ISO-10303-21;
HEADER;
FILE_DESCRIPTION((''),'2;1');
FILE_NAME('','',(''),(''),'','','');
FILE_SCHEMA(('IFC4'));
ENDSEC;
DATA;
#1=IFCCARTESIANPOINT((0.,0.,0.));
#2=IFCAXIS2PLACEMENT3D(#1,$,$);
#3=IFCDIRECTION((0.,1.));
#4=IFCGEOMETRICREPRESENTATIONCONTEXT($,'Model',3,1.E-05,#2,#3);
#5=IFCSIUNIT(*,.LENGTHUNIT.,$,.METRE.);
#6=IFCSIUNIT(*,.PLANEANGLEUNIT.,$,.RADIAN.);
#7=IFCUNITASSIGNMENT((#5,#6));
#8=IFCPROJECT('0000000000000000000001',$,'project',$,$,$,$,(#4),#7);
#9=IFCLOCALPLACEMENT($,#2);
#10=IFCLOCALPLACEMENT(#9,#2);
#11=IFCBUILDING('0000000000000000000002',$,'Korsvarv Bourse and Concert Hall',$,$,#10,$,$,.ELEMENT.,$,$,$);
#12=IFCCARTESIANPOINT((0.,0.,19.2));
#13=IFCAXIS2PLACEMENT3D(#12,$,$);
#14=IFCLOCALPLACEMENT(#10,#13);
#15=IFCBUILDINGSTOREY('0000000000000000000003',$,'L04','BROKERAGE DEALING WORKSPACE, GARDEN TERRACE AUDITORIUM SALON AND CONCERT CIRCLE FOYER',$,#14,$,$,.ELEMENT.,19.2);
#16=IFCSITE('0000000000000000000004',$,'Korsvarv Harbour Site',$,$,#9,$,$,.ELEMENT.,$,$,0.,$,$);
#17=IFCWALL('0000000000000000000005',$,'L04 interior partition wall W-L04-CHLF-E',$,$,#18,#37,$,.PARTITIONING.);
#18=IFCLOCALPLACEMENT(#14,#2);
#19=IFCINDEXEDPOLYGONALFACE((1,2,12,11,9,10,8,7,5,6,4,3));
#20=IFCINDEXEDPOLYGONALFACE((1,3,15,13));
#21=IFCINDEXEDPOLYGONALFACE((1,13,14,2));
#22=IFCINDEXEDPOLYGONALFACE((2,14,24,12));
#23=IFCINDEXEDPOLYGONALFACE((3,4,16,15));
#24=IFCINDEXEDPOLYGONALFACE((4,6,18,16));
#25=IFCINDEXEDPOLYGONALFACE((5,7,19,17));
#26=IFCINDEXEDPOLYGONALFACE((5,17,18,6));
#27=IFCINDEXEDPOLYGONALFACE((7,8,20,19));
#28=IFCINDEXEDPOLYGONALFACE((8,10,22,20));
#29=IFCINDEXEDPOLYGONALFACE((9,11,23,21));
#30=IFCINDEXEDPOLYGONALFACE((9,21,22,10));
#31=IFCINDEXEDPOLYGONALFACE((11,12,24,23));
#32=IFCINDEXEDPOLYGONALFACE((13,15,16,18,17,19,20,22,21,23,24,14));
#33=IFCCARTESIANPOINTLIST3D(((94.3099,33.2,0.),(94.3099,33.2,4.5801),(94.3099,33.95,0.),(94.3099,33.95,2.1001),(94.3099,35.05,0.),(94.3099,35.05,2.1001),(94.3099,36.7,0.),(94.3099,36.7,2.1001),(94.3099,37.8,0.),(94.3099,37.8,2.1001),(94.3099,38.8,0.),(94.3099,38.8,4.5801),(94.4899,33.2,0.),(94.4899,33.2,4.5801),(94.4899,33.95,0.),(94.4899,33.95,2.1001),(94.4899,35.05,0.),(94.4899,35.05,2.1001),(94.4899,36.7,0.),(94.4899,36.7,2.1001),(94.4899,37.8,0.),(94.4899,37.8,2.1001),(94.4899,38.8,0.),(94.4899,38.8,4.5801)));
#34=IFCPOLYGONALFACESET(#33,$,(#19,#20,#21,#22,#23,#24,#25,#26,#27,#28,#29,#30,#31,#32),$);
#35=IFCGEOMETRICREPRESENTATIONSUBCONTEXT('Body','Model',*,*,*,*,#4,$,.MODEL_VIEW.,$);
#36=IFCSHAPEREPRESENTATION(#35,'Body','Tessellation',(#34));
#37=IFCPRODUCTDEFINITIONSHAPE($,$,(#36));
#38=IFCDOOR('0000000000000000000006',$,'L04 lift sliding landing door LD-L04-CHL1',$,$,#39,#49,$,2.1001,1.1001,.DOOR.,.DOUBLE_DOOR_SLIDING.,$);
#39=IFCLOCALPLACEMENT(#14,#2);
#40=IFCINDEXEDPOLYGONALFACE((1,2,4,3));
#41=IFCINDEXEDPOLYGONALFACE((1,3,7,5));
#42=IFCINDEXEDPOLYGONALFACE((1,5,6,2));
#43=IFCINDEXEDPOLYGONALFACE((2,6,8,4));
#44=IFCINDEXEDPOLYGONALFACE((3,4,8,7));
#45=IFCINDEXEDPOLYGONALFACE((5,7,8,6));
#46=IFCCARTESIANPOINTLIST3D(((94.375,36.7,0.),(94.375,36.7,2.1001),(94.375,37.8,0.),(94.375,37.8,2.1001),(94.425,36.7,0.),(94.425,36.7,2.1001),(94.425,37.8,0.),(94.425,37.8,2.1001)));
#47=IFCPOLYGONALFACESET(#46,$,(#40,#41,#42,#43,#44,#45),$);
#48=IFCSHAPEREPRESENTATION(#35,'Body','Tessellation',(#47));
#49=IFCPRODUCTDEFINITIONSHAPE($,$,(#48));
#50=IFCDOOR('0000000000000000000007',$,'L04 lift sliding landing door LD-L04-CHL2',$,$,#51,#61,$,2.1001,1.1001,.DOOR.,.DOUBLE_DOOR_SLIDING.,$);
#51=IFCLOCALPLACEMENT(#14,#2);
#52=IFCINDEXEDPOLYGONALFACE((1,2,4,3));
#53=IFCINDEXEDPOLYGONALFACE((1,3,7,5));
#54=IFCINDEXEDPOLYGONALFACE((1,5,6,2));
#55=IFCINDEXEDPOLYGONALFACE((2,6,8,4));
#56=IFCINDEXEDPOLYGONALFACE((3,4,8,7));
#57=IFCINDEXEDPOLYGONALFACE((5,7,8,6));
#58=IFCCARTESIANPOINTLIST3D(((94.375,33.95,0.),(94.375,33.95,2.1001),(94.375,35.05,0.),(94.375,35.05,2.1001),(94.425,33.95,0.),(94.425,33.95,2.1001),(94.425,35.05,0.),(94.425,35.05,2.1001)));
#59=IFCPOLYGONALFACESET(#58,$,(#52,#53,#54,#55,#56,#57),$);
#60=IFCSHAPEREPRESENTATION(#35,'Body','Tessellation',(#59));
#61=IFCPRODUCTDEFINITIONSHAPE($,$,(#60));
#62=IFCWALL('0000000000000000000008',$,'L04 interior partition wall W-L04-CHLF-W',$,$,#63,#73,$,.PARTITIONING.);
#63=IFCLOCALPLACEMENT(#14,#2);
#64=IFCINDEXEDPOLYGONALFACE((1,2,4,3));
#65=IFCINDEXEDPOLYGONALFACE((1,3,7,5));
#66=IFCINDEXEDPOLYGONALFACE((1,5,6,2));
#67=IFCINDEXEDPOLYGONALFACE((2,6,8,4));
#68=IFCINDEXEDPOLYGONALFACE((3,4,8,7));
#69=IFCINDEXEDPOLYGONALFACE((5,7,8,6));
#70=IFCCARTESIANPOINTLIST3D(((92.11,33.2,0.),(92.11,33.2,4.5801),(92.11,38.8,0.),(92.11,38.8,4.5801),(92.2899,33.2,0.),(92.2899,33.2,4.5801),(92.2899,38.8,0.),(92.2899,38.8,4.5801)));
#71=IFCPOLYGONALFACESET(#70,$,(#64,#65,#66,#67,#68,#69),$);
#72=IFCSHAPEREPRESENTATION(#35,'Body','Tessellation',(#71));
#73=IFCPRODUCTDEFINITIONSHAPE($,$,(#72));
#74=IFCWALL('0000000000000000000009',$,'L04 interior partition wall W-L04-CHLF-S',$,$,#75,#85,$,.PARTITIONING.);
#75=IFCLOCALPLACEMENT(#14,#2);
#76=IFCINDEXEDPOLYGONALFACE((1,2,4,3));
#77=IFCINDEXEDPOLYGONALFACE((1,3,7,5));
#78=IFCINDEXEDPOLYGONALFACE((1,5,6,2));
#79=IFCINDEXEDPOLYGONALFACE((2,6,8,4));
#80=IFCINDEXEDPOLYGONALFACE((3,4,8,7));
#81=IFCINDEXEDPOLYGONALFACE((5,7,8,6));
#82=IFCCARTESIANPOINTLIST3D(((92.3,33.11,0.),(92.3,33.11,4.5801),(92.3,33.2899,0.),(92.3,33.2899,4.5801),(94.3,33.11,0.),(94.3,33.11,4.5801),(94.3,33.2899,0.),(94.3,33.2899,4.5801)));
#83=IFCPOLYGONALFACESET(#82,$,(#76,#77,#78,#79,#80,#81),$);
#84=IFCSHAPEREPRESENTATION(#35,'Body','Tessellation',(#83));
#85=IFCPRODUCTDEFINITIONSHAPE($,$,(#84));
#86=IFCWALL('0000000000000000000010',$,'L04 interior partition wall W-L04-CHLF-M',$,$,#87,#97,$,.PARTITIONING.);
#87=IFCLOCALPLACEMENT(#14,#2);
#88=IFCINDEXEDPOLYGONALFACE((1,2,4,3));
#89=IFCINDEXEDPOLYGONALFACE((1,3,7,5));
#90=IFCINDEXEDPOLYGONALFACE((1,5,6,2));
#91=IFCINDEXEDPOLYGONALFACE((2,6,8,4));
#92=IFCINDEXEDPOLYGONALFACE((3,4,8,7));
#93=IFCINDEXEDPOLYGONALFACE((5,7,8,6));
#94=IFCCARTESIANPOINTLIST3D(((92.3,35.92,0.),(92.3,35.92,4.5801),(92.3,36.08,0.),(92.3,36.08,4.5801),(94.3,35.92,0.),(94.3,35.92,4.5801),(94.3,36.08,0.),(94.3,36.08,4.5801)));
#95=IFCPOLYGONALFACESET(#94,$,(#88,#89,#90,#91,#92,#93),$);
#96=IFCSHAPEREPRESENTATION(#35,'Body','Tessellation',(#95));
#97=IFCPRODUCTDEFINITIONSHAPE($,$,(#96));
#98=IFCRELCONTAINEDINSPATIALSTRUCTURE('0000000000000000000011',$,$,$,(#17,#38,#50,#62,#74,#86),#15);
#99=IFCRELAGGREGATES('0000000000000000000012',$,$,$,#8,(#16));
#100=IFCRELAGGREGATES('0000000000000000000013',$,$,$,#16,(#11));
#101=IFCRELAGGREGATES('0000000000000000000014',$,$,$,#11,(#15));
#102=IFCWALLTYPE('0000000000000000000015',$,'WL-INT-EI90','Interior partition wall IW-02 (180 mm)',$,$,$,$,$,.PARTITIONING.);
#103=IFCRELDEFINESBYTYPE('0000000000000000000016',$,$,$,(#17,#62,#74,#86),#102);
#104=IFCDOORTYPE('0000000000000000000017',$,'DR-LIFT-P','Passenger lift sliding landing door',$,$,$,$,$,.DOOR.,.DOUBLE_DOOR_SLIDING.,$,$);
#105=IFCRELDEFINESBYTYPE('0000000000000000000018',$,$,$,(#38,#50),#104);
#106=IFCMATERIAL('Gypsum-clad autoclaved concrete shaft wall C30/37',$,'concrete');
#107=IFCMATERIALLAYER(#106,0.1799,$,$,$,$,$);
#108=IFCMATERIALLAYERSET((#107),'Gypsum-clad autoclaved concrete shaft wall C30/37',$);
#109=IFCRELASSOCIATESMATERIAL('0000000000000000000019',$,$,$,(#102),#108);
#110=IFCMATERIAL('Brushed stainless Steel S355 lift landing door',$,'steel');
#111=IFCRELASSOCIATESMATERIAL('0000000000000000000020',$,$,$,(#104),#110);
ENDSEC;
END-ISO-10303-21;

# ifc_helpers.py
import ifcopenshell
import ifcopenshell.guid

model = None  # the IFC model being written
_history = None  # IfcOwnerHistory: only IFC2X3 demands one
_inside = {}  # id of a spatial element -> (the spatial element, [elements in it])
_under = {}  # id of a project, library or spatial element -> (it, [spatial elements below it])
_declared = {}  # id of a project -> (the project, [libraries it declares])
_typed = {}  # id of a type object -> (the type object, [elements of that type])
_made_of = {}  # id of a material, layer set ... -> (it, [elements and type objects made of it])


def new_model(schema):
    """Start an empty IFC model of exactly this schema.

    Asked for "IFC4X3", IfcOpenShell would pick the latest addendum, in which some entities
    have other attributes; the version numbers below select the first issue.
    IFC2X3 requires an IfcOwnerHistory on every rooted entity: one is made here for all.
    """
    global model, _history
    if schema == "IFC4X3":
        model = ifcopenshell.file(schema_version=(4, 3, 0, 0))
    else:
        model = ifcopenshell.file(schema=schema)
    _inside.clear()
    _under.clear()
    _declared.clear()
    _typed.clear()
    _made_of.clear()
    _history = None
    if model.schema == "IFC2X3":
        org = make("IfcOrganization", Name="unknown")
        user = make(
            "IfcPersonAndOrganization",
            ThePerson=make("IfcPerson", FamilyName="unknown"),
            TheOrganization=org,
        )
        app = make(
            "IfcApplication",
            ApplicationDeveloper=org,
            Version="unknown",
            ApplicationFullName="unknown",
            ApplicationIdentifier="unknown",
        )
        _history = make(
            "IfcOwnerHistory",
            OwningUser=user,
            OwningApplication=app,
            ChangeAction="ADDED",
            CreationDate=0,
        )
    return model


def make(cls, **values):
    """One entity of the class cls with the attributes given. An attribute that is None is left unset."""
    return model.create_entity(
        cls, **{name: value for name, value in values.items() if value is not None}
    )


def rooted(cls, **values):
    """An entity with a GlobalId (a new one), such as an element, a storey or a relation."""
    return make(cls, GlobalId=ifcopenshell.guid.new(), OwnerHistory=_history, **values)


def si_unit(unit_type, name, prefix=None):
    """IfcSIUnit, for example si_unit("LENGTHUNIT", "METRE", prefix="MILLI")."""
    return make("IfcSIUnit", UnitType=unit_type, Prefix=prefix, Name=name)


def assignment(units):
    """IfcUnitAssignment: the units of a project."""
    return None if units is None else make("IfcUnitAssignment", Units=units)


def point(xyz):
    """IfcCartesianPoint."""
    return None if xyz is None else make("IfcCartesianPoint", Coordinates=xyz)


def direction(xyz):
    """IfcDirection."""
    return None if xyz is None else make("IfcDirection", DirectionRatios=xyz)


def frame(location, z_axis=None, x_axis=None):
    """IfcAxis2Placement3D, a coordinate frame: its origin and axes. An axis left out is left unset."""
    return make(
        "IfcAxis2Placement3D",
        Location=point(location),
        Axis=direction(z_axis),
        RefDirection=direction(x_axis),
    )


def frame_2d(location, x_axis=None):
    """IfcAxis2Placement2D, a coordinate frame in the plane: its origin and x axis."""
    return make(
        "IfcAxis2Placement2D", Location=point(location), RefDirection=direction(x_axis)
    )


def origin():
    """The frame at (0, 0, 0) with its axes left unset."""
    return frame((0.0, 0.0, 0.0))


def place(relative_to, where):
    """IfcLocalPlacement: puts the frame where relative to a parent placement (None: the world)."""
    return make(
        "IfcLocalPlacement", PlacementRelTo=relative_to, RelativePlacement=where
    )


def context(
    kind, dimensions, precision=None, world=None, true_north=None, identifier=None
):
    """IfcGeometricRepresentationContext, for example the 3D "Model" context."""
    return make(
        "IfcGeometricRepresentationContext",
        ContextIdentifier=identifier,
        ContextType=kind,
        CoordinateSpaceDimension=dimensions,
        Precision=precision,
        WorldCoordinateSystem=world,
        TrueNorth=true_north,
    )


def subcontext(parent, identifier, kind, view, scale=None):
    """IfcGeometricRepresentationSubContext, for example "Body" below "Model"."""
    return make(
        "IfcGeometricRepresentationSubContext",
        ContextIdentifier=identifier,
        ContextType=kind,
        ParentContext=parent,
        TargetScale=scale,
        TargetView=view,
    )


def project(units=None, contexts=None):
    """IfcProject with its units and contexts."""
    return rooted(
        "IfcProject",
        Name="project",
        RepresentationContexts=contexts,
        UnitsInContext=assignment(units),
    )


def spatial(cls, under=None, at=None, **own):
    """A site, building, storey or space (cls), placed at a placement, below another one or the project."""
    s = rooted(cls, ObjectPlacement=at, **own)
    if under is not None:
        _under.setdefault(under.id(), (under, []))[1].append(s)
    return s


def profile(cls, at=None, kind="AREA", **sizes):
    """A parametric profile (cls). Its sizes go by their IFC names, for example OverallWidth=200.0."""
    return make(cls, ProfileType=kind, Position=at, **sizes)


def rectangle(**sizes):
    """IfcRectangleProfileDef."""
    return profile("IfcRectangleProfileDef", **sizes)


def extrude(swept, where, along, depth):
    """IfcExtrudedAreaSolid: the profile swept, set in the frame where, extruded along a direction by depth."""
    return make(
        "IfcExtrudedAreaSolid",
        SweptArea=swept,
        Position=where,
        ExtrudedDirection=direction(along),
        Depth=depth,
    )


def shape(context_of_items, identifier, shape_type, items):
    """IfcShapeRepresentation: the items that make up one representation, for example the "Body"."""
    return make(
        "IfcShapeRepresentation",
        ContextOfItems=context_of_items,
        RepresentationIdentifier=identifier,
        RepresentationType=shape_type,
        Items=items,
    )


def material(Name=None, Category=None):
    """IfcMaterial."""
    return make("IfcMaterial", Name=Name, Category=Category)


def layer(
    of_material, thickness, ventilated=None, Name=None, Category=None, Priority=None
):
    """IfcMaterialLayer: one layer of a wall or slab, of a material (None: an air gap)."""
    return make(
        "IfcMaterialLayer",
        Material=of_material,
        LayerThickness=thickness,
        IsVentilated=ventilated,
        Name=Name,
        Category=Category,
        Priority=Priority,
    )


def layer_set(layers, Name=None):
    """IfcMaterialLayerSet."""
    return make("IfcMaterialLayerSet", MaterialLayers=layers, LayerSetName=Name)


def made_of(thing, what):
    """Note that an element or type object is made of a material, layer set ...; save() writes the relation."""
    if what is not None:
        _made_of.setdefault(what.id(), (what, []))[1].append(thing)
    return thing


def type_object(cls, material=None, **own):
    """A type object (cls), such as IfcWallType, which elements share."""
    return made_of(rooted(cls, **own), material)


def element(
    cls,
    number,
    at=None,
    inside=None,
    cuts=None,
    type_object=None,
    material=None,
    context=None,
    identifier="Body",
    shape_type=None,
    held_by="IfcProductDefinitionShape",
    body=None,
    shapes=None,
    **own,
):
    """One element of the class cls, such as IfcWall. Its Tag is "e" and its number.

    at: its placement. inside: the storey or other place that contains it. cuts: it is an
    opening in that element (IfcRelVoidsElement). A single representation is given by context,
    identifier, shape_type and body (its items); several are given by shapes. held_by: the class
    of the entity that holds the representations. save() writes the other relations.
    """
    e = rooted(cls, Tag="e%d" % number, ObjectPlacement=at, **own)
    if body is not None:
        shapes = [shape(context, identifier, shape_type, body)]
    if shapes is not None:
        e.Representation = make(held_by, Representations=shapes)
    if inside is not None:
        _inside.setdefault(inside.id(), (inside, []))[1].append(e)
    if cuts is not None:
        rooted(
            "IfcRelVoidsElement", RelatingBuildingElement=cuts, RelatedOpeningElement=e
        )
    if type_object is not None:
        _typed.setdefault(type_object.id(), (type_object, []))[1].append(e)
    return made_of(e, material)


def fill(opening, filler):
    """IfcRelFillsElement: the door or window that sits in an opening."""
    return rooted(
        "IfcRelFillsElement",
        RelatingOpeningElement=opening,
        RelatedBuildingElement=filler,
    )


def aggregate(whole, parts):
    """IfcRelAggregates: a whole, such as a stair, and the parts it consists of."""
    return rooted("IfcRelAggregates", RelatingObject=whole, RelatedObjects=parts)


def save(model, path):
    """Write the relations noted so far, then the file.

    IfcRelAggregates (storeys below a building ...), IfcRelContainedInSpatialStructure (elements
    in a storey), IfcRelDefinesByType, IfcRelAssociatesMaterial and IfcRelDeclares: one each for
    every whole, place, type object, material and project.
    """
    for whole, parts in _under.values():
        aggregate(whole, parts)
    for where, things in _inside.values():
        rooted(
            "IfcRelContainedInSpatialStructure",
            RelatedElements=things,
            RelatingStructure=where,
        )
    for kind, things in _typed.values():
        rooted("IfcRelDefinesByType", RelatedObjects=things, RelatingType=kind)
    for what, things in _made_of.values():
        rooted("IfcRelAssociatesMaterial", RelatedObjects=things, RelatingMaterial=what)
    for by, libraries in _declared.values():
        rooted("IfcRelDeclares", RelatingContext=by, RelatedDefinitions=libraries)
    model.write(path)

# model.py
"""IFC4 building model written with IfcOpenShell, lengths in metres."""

from ifc_helpers import new_model, si_unit, direction, frame, frame_2d, origin, place, context, subcontext, project, spatial, rectangle, extrude, material, layer, layer_set, type_object, element, fill, save


model = new_model("IFC4")

# Units and contexts
model_context = context("Model", 3, precision=1e-05, world=origin(), true_north=direction((0.0, 1.0)))
body_context = subcontext(model_context, "Body", "Model", "MODEL_VIEW")
ifc_project = project(units=[si_unit("LENGTHUNIT", "METRE"), si_unit("PLANEANGLEUNIT", "RADIAN")], contexts=[model_context])

# Site, building, storey
site_placement = place(None, origin())
site = spatial("IfcSite", under=ifc_project, at=site_placement, Name="Korsvarv Harbour Site", CompositionType="ELEMENT", RefElevation=0.0)
building_placement = place(site_placement, origin())
building = spatial("IfcBuilding", under=site, at=building_placement, Name="Korsvarv Bourse and Concert Hall", CompositionType="ELEMENT")
storey_placement = place(building_placement, frame((0.0, 0.0, 19.2)))
storey = spatial("IfcBuildingStorey", under=building, at=storey_placement, Name="L04", Description="BROKERAGE DEALING WORKSPACE, GARDEN TERRACE AUDITORIUM SALON AND CONCERT CIRCLE FOYER", CompositionType="ELEMENT", Elevation=19.2)

# Wall, openings, doors
ifc_material_1 = material(Name="Gypsum-clad autoclaved concrete shaft wall C30/37", Category="concrete")
ifc_layer_1 = layer(ifc_material_1, 0.1799)
ifc_layer_set_1 = layer_set([ifc_layer_1], Name="Gypsum-clad autoclaved concrete shaft wall C30/37")
wall_type = type_object("IfcWallType", Name="WL-INT-EI90", Description="Interior partition wall IW-02 (180 mm)", PredefinedType="PARTITIONING", material=ifc_layer_set_1)
wall_1_placement = place(storey_placement, frame((94.3999, 33.2, 0.0), z_axis=(0.0, 0.0, 1.0), x_axis=(0.0, 1.0, 0.0)))
wall_1 = element("IfcWall", 1, at=wall_1_placement, inside=storey, type_object=wall_type, Name="L04 interior partition wall W-L04-CHLF-E", PredefinedType="PARTITIONING", context=body_context, shape_type="SweptSolid", body=[
    extrude(rectangle(XDim=5.6001, YDim=0.1799, at=frame_2d((2.8, 0.0))), origin(), (0.0, 0.0, 1.0), 4.5801),
])
opening_1_placement = place(wall_1_placement, frame((3.5, 0.0, 0.0)))
opening_1 = element("IfcOpeningElement", 2, at=opening_1_placement, cuts=wall_1, PredefinedType="OPENING", context=body_context, shape_type="SweptSolid", body=[
    extrude(rectangle(XDim=1.1001, YDim=2.1001, at=frame_2d((0.55, 1.05))), frame((0.0, 0.1001, 0.0), z_axis=(0.0, -1.0, 0.0), x_axis=(1.0, 0.0, 0.0)), (0.0, 0.0, 1.0), 0.2),
])
opening_2_placement = place(wall_1_placement, frame((0.75, 0.0, 0.0)))
opening_2 = element("IfcOpeningElement", 3, at=opening_2_placement, cuts=wall_1, PredefinedType="OPENING", context=body_context, shape_type="SweptSolid", body=[
    extrude(rectangle(XDim=1.1001, YDim=2.1001, at=frame_2d((0.55, 1.05))), frame((0.0, 0.1001, 0.0), z_axis=(0.0, -1.0, 0.0), x_axis=(1.0, 0.0, 0.0)), (0.0, 0.0, 1.0), 0.2),
])
ifc_material_2 = material(Name="Brushed stainless Steel S355 lift landing door", Category="steel")
door_type = type_object("IfcDoorType", Name="DR-LIFT-P", Description="Passenger lift sliding landing door", OperationType="DOUBLE_DOOR_SLIDING", PredefinedType="DOOR", material=ifc_material_2)
door_1_placement = place(opening_1_placement, origin())
door_1 = element("IfcDoor", 4, at=door_1_placement, inside=storey, type_object=door_type, Name="L04 lift sliding landing door LD-L04-CHL1", OperationType="DOUBLE_DOOR_SLIDING", OverallHeight=2.1001, OverallWidth=1.1001, PredefinedType="DOOR", context=body_context, shape_type="SweptSolid", body=[
    extrude(rectangle(XDim=1.1001, YDim=2.1001, at=frame_2d((0.55, 1.05))), frame((0.0, 0.0249, 0.0), z_axis=(0.0, -1.0, 0.0), x_axis=(1.0, 0.0, 0.0)), (0.0, 0.0, 1.0), 0.05),
])
fill(opening_1, door_1)
door_2_placement = place(opening_2_placement, origin())
door_2 = element("IfcDoor", 5, at=door_2_placement, inside=storey, type_object=door_type, Name="L04 lift sliding landing door LD-L04-CHL2", OperationType="DOUBLE_DOOR_SLIDING", OverallHeight=2.1001, OverallWidth=1.1001, PredefinedType="DOOR", context=body_context, shape_type="SweptSolid", body=[
    extrude(rectangle(XDim=1.1001, YDim=2.1001, at=frame_2d((0.55, 1.05))), frame((0.0, 0.0249, 0.0), z_axis=(0.0, -1.0, 0.0), x_axis=(1.0, 0.0, 0.0)), (0.0, 0.0, 1.0), 0.05),
])
fill(opening_2, door_2)

# Walls
wall_2_placement = place(storey_placement, frame((92.2, 33.2, 0.0), z_axis=(0.0, 0.0, 1.0), x_axis=(0.0, 1.0, 0.0)))
element("IfcWall", 6, at=wall_2_placement, inside=storey, type_object=wall_type, Name="L04 interior partition wall W-L04-CHLF-W", PredefinedType="PARTITIONING", context=body_context, shape_type="SweptSolid", body=[
    extrude(rectangle(XDim=5.6001, YDim=0.1799, at=frame_2d((2.8, 0.0))), origin(), (0.0, 0.0, 1.0), 4.5801),
])
wall_3_placement = place(storey_placement, frame((92.3, 33.2, 0.0), z_axis=(0.0, 0.0, 1.0), x_axis=(1.0, 0.0, 0.0)))
element("IfcWall", 7, at=wall_3_placement, inside=storey, type_object=wall_type, Name="L04 interior partition wall W-L04-CHLF-S", PredefinedType="PARTITIONING", context=body_context, shape_type="SweptSolid", body=[
    extrude(rectangle(XDim=2.0, YDim=0.1799, at=frame_2d((1.0, 0.0))), origin(), (0.0, 0.0, 1.0), 4.5801),
])
wall_4_placement = place(storey_placement, frame((92.3, 36.0, 0.0), z_axis=(0.0, 0.0, 1.0), x_axis=(1.0, 0.0, 0.0)))
element("IfcWall", 8, at=wall_4_placement, inside=storey, type_object=wall_type, Name="L04 interior partition wall W-L04-CHLF-M", PredefinedType="PARTITIONING", context=body_context, shape_type="SweptSolid", body=[
    extrude(rectangle(XDim=2.0, YDim=0.1599, at=frame_2d((1.0, 0.0))), origin(), (0.0, 0.0, 1.0), 4.5801),
])

save(model, "model.ifc")
